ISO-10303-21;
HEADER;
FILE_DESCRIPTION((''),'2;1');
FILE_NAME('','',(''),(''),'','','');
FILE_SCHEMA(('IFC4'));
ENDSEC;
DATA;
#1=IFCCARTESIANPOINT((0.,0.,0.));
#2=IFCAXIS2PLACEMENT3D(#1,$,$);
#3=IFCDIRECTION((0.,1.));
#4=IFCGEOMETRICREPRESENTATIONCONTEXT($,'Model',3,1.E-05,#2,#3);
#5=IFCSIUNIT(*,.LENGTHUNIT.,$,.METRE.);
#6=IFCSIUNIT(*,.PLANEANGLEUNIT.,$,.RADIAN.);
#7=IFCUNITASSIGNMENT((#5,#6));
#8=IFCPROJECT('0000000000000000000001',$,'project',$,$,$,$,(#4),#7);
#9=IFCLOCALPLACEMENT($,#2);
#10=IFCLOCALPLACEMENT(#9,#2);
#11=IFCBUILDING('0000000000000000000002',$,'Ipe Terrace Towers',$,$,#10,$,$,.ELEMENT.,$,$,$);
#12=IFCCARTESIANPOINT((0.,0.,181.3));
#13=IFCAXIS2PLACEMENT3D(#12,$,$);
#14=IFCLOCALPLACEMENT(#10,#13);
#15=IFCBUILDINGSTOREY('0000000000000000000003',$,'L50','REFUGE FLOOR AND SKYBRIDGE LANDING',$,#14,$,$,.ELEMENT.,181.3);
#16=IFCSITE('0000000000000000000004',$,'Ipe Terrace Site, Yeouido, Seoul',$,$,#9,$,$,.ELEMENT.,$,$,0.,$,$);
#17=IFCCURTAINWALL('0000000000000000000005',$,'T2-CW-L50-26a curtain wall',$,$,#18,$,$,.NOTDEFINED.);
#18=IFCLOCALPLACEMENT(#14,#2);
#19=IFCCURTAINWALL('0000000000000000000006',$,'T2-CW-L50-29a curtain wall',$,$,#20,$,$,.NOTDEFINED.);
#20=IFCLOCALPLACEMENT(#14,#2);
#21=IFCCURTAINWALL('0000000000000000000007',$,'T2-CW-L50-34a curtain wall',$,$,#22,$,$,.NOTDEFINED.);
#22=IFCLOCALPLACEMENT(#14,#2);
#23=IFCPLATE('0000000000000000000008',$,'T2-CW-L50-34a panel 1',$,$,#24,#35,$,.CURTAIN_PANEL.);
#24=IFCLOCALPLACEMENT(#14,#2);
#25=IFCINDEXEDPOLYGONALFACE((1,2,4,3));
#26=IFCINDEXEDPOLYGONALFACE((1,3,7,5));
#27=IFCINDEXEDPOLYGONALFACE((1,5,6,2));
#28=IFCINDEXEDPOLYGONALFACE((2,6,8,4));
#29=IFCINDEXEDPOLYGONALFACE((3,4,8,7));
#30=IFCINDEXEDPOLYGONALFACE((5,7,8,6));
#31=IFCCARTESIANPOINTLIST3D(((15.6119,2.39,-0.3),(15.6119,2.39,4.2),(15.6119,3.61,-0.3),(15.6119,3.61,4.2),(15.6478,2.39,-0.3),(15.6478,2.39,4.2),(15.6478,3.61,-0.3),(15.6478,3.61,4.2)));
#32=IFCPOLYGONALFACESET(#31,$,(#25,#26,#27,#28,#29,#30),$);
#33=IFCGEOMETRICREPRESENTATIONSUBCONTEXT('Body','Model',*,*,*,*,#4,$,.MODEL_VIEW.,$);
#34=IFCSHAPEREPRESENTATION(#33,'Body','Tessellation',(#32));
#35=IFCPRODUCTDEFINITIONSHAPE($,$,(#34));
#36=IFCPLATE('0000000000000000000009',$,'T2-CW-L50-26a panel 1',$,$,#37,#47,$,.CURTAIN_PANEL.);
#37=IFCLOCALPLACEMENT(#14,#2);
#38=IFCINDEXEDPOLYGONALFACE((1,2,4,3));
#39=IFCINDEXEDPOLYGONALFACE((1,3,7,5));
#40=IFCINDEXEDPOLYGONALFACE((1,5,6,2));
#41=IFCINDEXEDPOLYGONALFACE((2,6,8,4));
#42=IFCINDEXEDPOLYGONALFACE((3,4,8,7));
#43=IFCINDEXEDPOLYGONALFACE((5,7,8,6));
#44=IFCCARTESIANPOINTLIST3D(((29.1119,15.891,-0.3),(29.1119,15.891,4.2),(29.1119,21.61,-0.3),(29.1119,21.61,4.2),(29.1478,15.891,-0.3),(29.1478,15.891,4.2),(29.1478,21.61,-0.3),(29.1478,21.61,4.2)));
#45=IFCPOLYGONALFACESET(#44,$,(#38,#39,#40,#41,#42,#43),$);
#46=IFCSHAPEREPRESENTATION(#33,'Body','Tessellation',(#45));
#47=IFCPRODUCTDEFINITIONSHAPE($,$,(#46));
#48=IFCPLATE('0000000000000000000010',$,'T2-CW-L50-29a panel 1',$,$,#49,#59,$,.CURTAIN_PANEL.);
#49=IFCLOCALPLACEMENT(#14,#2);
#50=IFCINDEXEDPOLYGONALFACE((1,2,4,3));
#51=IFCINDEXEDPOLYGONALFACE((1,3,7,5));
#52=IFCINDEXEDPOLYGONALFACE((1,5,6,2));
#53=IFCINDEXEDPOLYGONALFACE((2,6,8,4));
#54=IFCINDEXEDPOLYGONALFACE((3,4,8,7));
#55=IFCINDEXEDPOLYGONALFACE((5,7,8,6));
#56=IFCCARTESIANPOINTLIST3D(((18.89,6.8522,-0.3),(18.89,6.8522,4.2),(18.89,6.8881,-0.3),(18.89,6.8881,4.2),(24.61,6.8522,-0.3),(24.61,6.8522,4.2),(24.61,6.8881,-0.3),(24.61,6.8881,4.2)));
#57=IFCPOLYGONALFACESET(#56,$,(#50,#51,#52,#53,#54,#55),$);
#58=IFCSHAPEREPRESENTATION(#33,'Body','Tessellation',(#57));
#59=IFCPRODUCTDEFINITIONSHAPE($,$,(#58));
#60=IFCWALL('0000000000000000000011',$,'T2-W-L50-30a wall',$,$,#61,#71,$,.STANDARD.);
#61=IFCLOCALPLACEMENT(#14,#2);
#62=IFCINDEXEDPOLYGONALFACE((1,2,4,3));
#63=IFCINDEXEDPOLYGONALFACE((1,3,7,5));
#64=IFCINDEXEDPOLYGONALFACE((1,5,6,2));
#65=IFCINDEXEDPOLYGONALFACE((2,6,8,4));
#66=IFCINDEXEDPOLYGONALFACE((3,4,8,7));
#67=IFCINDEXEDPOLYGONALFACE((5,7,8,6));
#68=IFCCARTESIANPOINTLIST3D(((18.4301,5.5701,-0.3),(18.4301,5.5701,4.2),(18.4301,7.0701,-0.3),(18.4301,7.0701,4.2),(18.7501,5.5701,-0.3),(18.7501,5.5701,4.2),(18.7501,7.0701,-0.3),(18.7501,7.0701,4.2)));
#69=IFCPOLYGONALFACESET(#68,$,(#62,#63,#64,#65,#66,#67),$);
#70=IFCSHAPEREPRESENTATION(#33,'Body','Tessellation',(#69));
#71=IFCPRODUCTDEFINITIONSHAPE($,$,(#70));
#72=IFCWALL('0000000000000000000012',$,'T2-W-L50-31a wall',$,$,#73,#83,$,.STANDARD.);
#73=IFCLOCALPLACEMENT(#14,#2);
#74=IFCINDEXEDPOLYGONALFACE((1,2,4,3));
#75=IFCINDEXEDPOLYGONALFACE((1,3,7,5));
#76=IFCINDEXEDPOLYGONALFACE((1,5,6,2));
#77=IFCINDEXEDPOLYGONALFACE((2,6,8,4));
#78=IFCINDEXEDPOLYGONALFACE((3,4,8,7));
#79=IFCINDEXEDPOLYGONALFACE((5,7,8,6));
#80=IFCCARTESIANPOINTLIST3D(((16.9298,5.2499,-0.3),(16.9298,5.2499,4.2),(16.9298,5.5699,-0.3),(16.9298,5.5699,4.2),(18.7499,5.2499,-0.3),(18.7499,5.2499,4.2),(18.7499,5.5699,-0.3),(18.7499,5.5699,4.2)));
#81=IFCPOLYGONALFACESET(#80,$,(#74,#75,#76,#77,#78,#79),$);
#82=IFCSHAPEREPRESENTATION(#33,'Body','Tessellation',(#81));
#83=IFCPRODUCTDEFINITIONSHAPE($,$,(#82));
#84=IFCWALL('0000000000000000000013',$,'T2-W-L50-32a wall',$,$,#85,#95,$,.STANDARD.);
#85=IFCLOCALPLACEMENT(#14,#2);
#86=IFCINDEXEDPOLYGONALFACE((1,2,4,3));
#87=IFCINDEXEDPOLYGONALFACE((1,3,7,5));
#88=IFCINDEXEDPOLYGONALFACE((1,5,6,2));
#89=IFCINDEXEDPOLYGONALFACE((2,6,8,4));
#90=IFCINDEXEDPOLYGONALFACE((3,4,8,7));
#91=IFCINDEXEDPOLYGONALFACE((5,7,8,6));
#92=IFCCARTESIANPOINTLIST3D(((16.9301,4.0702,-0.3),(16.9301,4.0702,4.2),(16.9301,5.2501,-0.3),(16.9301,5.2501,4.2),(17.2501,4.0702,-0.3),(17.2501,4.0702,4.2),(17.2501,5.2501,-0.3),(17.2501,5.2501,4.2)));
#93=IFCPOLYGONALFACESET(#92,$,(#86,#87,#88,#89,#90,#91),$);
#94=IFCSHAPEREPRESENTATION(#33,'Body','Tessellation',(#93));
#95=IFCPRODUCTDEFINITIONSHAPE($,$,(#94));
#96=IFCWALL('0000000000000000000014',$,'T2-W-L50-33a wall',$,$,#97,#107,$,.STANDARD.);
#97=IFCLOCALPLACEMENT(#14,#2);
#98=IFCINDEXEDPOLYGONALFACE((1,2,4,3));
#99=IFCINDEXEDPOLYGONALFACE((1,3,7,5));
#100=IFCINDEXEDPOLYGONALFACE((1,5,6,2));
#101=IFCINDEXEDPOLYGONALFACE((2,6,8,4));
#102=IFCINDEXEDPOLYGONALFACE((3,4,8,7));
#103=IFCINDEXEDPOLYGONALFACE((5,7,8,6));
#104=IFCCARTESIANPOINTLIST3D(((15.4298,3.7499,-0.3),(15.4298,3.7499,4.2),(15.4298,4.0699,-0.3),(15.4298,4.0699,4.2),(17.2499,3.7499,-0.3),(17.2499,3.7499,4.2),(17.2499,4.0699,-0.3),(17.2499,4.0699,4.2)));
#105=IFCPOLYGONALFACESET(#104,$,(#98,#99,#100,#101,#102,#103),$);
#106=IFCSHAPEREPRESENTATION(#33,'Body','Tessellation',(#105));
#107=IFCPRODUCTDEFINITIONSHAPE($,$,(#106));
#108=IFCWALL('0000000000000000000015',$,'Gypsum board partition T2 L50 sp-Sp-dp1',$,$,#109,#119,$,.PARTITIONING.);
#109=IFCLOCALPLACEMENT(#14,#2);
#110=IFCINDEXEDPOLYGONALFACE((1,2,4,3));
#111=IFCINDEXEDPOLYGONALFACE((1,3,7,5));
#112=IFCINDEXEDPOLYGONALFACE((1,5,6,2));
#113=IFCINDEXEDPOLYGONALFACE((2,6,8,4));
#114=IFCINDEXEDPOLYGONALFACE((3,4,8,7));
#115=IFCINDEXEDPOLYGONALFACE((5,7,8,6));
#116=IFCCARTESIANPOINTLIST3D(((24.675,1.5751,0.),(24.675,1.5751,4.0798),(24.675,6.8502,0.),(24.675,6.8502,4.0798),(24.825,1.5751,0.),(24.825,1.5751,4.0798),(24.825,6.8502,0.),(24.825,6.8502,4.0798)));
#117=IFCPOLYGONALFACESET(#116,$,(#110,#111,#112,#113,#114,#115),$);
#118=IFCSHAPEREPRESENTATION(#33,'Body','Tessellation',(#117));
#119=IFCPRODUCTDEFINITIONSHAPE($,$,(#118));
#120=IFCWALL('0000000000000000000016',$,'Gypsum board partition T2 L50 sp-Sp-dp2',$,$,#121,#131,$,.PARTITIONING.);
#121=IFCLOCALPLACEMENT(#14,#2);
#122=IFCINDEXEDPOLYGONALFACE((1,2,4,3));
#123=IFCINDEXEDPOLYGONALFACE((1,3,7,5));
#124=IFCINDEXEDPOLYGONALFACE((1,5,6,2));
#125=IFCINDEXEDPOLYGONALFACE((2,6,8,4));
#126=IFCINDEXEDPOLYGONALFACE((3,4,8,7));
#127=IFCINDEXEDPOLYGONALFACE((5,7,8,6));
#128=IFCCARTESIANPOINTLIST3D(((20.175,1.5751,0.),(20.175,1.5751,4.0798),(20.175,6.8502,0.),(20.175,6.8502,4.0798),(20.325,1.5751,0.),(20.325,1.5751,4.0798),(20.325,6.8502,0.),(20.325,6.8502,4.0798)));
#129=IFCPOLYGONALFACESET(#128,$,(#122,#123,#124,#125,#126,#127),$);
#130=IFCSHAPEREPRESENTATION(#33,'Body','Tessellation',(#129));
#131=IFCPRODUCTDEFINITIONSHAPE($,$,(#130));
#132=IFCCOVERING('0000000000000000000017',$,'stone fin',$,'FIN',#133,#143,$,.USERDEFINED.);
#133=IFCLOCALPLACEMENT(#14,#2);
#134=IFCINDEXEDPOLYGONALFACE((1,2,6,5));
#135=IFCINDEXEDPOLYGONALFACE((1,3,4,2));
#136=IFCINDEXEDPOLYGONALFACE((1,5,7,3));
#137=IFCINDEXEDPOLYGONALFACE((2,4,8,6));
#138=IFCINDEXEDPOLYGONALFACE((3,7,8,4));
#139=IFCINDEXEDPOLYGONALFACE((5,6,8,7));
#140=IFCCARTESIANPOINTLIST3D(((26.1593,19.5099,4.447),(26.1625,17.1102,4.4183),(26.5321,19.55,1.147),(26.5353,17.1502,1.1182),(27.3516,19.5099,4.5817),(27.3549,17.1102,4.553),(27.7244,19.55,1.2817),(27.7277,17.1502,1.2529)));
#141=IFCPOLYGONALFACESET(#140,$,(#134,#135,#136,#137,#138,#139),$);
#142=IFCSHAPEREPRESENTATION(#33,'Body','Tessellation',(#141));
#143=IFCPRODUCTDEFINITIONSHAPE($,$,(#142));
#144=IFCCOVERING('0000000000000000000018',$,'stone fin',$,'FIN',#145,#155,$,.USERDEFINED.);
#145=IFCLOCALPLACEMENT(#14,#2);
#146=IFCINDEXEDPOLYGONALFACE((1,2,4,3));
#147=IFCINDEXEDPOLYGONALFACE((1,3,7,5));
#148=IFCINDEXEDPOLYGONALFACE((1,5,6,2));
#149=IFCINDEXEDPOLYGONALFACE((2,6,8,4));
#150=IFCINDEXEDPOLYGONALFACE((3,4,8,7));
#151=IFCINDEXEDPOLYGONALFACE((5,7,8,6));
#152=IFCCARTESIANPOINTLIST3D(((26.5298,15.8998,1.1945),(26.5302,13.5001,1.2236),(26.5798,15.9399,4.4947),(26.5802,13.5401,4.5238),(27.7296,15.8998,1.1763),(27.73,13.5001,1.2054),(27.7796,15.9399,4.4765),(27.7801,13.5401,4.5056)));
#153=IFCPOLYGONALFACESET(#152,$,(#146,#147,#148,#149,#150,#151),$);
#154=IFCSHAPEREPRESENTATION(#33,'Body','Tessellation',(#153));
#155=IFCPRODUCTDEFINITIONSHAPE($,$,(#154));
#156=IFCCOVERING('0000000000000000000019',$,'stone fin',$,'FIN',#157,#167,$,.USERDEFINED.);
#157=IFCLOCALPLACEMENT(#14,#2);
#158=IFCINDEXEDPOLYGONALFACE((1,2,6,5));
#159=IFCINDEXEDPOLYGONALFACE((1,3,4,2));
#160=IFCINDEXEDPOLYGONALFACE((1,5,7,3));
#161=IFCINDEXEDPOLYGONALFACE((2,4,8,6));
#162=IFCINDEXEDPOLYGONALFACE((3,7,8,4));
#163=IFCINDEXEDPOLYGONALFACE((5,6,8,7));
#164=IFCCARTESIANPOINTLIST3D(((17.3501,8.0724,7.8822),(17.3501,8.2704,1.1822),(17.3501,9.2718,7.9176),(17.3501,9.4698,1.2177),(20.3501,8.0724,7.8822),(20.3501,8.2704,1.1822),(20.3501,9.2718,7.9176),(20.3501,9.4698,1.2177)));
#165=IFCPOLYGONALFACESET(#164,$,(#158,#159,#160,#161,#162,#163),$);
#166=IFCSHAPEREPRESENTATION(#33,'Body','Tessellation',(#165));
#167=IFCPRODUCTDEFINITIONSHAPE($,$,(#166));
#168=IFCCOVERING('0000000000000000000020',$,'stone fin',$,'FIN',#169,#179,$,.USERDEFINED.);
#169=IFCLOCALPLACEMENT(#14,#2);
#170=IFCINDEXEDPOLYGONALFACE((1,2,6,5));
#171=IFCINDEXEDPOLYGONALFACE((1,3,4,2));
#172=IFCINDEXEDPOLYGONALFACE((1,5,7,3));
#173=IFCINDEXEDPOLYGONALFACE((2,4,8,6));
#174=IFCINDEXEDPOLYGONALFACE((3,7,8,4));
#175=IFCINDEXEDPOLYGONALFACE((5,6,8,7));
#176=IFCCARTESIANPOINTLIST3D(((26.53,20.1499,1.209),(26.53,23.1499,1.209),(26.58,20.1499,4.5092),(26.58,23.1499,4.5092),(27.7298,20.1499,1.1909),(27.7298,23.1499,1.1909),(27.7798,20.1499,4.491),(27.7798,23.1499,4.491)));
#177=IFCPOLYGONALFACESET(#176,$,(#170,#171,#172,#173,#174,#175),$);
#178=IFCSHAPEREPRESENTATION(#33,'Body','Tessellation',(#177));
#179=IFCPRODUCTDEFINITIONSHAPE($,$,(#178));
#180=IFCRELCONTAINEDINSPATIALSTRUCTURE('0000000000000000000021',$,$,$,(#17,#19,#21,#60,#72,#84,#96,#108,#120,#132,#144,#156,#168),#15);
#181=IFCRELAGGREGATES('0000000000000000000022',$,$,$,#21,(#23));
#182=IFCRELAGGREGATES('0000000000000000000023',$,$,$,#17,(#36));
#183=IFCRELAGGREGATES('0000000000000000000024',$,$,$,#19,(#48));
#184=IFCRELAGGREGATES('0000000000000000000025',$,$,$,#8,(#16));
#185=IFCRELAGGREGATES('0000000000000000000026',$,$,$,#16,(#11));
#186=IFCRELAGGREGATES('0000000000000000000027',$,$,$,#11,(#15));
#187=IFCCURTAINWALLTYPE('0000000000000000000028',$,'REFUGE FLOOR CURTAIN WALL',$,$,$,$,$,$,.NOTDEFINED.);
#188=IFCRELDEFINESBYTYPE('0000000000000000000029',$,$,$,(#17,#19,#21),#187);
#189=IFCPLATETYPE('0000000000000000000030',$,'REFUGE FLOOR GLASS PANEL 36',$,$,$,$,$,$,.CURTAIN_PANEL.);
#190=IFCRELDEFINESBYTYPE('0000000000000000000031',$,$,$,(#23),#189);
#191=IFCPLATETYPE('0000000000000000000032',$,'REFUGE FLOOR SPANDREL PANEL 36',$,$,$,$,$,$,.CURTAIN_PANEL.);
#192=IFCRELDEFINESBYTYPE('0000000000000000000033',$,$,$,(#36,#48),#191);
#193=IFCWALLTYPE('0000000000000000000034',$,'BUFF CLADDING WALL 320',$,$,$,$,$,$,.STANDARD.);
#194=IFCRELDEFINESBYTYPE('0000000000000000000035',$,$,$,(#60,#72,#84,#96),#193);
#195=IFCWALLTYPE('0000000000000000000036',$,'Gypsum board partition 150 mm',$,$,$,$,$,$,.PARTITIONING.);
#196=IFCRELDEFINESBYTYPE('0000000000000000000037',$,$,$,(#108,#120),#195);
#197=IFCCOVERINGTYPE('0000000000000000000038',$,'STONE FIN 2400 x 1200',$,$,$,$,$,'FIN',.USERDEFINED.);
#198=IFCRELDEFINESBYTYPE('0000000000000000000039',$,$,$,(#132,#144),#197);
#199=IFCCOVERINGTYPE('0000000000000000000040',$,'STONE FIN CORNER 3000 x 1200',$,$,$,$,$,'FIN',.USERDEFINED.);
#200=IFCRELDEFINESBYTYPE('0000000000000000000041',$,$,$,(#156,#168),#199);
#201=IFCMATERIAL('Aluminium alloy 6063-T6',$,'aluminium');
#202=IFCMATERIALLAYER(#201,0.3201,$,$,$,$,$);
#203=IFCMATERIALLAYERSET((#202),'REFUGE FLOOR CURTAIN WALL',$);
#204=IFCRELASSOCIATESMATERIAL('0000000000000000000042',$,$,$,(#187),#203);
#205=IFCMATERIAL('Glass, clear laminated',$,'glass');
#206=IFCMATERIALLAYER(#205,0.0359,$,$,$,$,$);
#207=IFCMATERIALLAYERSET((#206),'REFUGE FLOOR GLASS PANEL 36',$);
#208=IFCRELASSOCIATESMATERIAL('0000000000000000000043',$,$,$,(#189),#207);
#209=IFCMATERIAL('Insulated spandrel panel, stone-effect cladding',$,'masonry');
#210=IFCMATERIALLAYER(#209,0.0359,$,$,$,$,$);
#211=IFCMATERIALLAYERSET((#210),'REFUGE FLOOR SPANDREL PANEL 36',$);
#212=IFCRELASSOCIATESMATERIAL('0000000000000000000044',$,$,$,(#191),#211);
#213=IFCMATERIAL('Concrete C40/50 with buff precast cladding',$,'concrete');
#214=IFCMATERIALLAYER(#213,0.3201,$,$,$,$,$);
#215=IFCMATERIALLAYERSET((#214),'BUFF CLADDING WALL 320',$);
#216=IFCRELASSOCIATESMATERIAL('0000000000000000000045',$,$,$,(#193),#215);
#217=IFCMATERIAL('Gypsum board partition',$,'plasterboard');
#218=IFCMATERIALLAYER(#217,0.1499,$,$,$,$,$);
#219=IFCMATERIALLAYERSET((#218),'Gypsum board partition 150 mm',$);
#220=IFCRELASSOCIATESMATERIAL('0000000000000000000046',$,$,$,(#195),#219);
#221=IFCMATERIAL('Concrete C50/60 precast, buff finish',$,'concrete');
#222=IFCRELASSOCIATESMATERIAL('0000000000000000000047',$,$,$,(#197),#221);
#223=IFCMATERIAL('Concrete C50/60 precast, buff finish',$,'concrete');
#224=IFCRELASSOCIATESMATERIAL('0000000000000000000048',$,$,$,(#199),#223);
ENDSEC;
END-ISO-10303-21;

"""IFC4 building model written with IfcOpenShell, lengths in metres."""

from ifc_helpers import new_model, si_unit, direction, frame, frame_2d, origin, origin_2d, place, context, subcontext, project, spatial, rectangle, extrude, material, layer, layer_set, material_profile, profile_set, type_object, element, aggregate, save


model = new_model("IFC4")

# Units and contexts
model_context = context("Model", 3, precision=1e-05, world=origin(), true_north=direction((0.0, 1.0)))
body_context = subcontext(model_context, "Body", "Model", "MODEL_VIEW")
ifc_project = project(units=[si_unit("LENGTHUNIT", "METRE"), si_unit("PLANEANGLEUNIT", "RADIAN")], contexts=[model_context])

# Site, building, storey
site_placement = place(None, origin())
site = spatial("IfcSite", under=ifc_project, at=site_placement, Name="Ipe Terrace Site, Yeouido, Seoul", CompositionType="ELEMENT", RefElevation=0.0)
building_placement = place(site_placement, origin())
building = spatial("IfcBuilding", under=site, at=building_placement, Name="Ipe Terrace Towers", CompositionType="ELEMENT")
storey_placement = place(building_placement, frame((0.0, 0.0, 181.3)))
storey = spatial("IfcBuildingStorey", under=building, at=storey_placement, Name="L50", Description="REFUGE FLOOR AND SKYBRIDGE LANDING", CompositionType="ELEMENT", Elevation=181.3)

# Curtain walls
ifc_material_1 = material(Name="Aluminium alloy 6063-T6", Category="aluminium")
ifc_layer_1 = layer(ifc_material_1, 0.3201)
ifc_layer_set_1 = layer_set([ifc_layer_1], Name="REFUGE FLOOR CURTAIN WALL")
curtain_wall_type_1 = type_object("IfcCurtainWallType", Name="REFUGE FLOOR CURTAIN WALL", PredefinedType="NOTDEFINED", material=ifc_layer_set_1)
curtain_wall_1_placement = place(storey_placement, origin())
curtain_wall_1 = element("IfcCurtainWall", 1, at=curtain_wall_1_placement, inside=storey, type_object=curtain_wall_type_1, Name="T2-CW-L50-26a curtain wall", PredefinedType="NOTDEFINED")
curtain_wall_2_placement = place(storey_placement, origin())
curtain_wall_2 = element("IfcCurtainWall", 2, at=curtain_wall_2_placement, inside=storey, type_object=curtain_wall_type_1, Name="T2-CW-L50-29a curtain wall", PredefinedType="NOTDEFINED")
curtain_wall_3_placement = place(storey_placement, origin())
curtain_wall_3 = element("IfcCurtainWall", 3, at=curtain_wall_3_placement, inside=storey, type_object=curtain_wall_type_1, Name="T2-CW-L50-34a curtain wall", PredefinedType="NOTDEFINED")

# Plates
ifc_material_2 = material(Name="Glass, clear laminated", Category="glass")
ifc_layer_2 = layer(ifc_material_2, 0.0359)
ifc_layer_set_2 = layer_set([ifc_layer_2], Name="REFUGE FLOOR GLASS PANEL 36")
plate_type_1 = type_object("IfcPlateType", Name="REFUGE FLOOR GLASS PANEL 36", PredefinedType="CURTAIN_PANEL", material=ifc_layer_set_2)
plate_1_placement = place(storey_placement, frame((15.6299, 3.0, -0.3), z_axis=(0.0, 0.0, 1.0), x_axis=(0.0, -1.0, 0.0)))
plate_1 = element("IfcPlate", 4, at=plate_1_placement, type_object=plate_type_1, Name="T2-CW-L50-34a panel 1", PredefinedType="CURTAIN_PANEL", context=body_context, shape_type="SweptSolid", body=[
    extrude(rectangle(XDim=1.22, YDim=0.0359, at=origin_2d()), origin(), (0.0, 0.0, 1.0), 4.5),
])
aggregate(curtain_wall_3, [plate_1])
ifc_material_3 = material(Name="Insulated spandrel panel, stone-effect cladding", Category="masonry")
ifc_layer_3 = layer(ifc_material_3, 0.0359)
ifc_layer_set_3 = layer_set([ifc_layer_3], Name="REFUGE FLOOR SPANDREL PANEL 36")
plate_type_2 = type_object("IfcPlateType", Name="REFUGE FLOOR SPANDREL PANEL 36", PredefinedType="CURTAIN_PANEL", material=ifc_layer_set_3)
plate_2_placement = place(storey_placement, frame((29.1299, 18.7505, -0.3), z_axis=(0.0, 0.0, 1.0), x_axis=(0.0, -1.0, 0.0)))
plate_2 = element("IfcPlate", 5, at=plate_2_placement, type_object=plate_type_2, Name="T2-CW-L50-26a panel 1", PredefinedType="CURTAIN_PANEL", context=body_context, shape_type="SweptSolid", body=[
    extrude(rectangle(XDim=5.719, YDim=0.0359, at=origin_2d()), origin(), (0.0, 0.0, 1.0), 4.5),
])
aggregate(curtain_wall_1, [plate_2])
plate_3_placement = place(storey_placement, frame((21.75, 6.8701, -0.3), z_axis=(0.0, 0.0, 1.0), x_axis=(-1.0, 0.0, 0.0)))
plate_3 = element("IfcPlate", 6, at=plate_3_placement, type_object=plate_type_2, Name="T2-CW-L50-29a panel 1", PredefinedType="CURTAIN_PANEL", context=body_context, shape_type="SweptSolid", body=[
    extrude(rectangle(XDim=5.72, YDim=0.0359, at=origin_2d()), origin(), (0.0, 0.0, 1.0), 4.5),
])
aggregate(curtain_wall_2, [plate_3])

# Walls
ifc_material_4 = material(Name="Concrete C40/50 with buff precast cladding", Category="concrete")
ifc_layer_4 = layer(ifc_material_4, 0.3201)
ifc_layer_set_4 = layer_set([ifc_layer_4], Name="BUFF CLADDING WALL 320")
wall_type_1 = type_object("IfcWallType", Name="BUFF CLADDING WALL 320", PredefinedType="STANDARD", material=ifc_layer_set_4)
wall_1_placement = place(storey_placement, frame((18.5901, 7.0701, -0.3), z_axis=(0.0, 0.0, 1.0), x_axis=(0.0, -1.0, 0.0)))
element("IfcWall", 7, at=wall_1_placement, inside=storey, type_object=wall_type_1, Name="T2-W-L50-30a wall", PredefinedType="STANDARD", context=body_context, shape_type="SweptSolid", body=[
    extrude(rectangle(XDim=1.5, YDim=0.3201, at=frame_2d((0.75, 0.0))), origin(), (0.0, 0.0, 1.0), 4.5),
])
wall_2_placement = place(storey_placement, frame((18.75, 5.4099, -0.3), z_axis=(0.0, 0.0, 1.0), x_axis=(-1.0, 0.0, 0.0)))
element("IfcWall", 8, at=wall_2_placement, inside=storey, type_object=wall_type_1, Name="T2-W-L50-31a wall", PredefinedType="STANDARD", context=body_context, shape_type="SweptSolid", body=[
    extrude(rectangle(XDim=1.8201, YDim=0.3201, at=frame_2d((0.9102, 0.0))), origin(), (0.0, 0.0, 1.0), 4.5),
])
wall_3_placement = place(storey_placement, frame((17.0901, 5.25, -0.3), z_axis=(0.0, 0.0, 1.0), x_axis=(0.0, -1.0, 0.0)))
element("IfcWall", 9, at=wall_3_placement, inside=storey, type_object=wall_type_1, Name="T2-W-L50-32a wall", PredefinedType="STANDARD", context=body_context, shape_type="SweptSolid", body=[
    extrude(rectangle(XDim=1.1799, YDim=0.3201, at=frame_2d((0.5898, 0.0))), origin(), (0.0, 0.0, 1.0), 4.5),
])
wall_4_placement = place(storey_placement, frame((17.25, 3.9099, -0.3), z_axis=(0.0, 0.0, 1.0), x_axis=(-1.0, 0.0, 0.0)))
element("IfcWall", 10, at=wall_4_placement, inside=storey, type_object=wall_type_1, Name="T2-W-L50-33a wall", PredefinedType="STANDARD", context=body_context, shape_type="SweptSolid", body=[
    extrude(rectangle(XDim=1.8201, YDim=0.3201, at=frame_2d((0.9102, 0.0))), origin(), (0.0, 0.0, 1.0), 4.5),
])
ifc_material_5 = material(Name="Gypsum board partition", Category="plasterboard")
ifc_layer_5 = layer(ifc_material_5, 0.1499)
ifc_layer_set_5 = layer_set([ifc_layer_5], Name="Gypsum board partition 150 mm")
wall_type_2 = type_object("IfcWallType", Name="Gypsum board partition 150 mm", PredefinedType="PARTITIONING", material=ifc_layer_set_5)
for number, where, z_axis, x_axis, name in (
    (11, (24.75, 1.575, 0.0), (0.0, 0.0, 1.0), (0.0, 1.0, 0.0), "Gypsum board partition T2 L50 sp-Sp-dp1"),
    (12, (20.25, 1.575, 0.0), (0.0, 0.0, 1.0), (0.0, 1.0, 0.0), "Gypsum board partition T2 L50 sp-Sp-dp2"),
):
    element("IfcWall", number, at=place(storey_placement, frame(where, z_axis=z_axis, x_axis=x_axis)), inside=storey, type_object=wall_type_2, Name=name, PredefinedType="PARTITIONING", context=body_context, shape_type="SweptSolid", body=[
        extrude(rectangle(XDim=5.2751, YDim=0.1499, at=frame_2d((2.6377, 0.0))), origin(), (0.0, 0.0, 1.0), 4.0798),
    ])

# Coverings
ifc_material_6 = material(Name="Concrete C50/60 precast, buff finish", Category="concrete")
ifc_material_profile_1 = material_profile(ifc_material_6, rectangle(XDim=2.3999, YDim=1.2, at=origin_2d()), Name="STONE FIN 2400 x 1200")
ifc_profile_set_1 = profile_set([ifc_material_profile_1], Name="Concrete C50/60 precast, buff finish")
covering_type_1 = type_object("IfcCoveringType", Name="STONE FIN 2400 x 1200", ElementType="FIN", PredefinedType="USERDEFINED", material=ifc_profile_set_1)
covering_1_placement = place(storey_placement, frame((27.1299, 18.3501, 1.2), z_axis=(-0.112247, -0.012055, 0.993607), x_axis=(0.001353, -0.999927, -0.011979)))
element("IfcCovering", 13, at=covering_1_placement, inside=storey, type_object=covering_type_1, Name="stone fin", ObjectType="FIN", PredefinedType="USERDEFINED", context=body_context, shape_type="SweptSolid", body=[
    extrude(rectangle(XDim=2.3999, YDim=1.2, at=origin_2d()), origin(), (0.0, 0.0, 1.0), 3.3213),
])
covering_2_placement = place(storey_placement, frame((27.1299, 14.7, 1.2), z_axis=(0.015163, 0.012131, 0.999811), x_axis=(0.000184, -0.999926, 0.012129)))
element("IfcCovering", 14, at=covering_2_placement, inside=storey, type_object=covering_type_1, Name="stone fin", ObjectType="FIN", PredefinedType="USERDEFINED", context=body_context, shape_type="SweptSolid", body=[
    extrude(rectangle(XDim=2.3999, YDim=1.2, at=origin_2d()), origin(), (0.0, 0.0, 1.0), 3.3008),
])
ifc_material_7 = material(Name="Concrete C50/60 precast, buff finish", Category="concrete")
ifc_material_profile_2 = material_profile(ifc_material_7, rectangle(XDim=3.0, YDim=1.2, at=origin_2d()), Name="STONE FIN CORNER 3000 x 1200")
ifc_profile_set_2 = profile_set([ifc_material_profile_2], Name="Concrete C50/60 precast, buff finish")
covering_type_2 = type_object("IfcCoveringType", Name="STONE FIN CORNER 3000 x 1200", ElementType="FIN", PredefinedType="USERDEFINED", material=ifc_profile_set_2)
covering_3_placement = place(storey_placement, frame((18.8501, 8.8701, 1.2), z_axis=(0.0, -0.029539, 0.999564), x_axis=(-1.0, 0.0, 0.0)))
element("IfcCovering", 15, at=covering_3_placement, inside=storey, type_object=covering_type_2, Name="stone fin", ObjectType="FIN", PredefinedType="USERDEFINED", context=body_context, shape_type="SweptSolid", body=[
    extrude(rectangle(XDim=3.0, YDim=1.2, at=origin_2d()), origin(), (0.0, 0.0, 1.0), 6.7029),
])
covering_4_placement = place(storey_placement, frame((27.1299, 21.6499, 1.2), z_axis=(0.015164, 0.0, 0.999885), x_axis=(0.0, -1.0, 0.0)))
element("IfcCovering", 16, at=covering_4_placement, inside=storey, type_object=covering_type_2, Name="stone fin", ObjectType="FIN", PredefinedType="USERDEFINED", context=body_context, shape_type="SweptSolid", body=[
    extrude(rectangle(XDim=3.0, YDim=1.2, at=origin_2d()), origin(), (0.0, 0.0, 1.0), 3.3005),
])

save(model, "model.ifc")
